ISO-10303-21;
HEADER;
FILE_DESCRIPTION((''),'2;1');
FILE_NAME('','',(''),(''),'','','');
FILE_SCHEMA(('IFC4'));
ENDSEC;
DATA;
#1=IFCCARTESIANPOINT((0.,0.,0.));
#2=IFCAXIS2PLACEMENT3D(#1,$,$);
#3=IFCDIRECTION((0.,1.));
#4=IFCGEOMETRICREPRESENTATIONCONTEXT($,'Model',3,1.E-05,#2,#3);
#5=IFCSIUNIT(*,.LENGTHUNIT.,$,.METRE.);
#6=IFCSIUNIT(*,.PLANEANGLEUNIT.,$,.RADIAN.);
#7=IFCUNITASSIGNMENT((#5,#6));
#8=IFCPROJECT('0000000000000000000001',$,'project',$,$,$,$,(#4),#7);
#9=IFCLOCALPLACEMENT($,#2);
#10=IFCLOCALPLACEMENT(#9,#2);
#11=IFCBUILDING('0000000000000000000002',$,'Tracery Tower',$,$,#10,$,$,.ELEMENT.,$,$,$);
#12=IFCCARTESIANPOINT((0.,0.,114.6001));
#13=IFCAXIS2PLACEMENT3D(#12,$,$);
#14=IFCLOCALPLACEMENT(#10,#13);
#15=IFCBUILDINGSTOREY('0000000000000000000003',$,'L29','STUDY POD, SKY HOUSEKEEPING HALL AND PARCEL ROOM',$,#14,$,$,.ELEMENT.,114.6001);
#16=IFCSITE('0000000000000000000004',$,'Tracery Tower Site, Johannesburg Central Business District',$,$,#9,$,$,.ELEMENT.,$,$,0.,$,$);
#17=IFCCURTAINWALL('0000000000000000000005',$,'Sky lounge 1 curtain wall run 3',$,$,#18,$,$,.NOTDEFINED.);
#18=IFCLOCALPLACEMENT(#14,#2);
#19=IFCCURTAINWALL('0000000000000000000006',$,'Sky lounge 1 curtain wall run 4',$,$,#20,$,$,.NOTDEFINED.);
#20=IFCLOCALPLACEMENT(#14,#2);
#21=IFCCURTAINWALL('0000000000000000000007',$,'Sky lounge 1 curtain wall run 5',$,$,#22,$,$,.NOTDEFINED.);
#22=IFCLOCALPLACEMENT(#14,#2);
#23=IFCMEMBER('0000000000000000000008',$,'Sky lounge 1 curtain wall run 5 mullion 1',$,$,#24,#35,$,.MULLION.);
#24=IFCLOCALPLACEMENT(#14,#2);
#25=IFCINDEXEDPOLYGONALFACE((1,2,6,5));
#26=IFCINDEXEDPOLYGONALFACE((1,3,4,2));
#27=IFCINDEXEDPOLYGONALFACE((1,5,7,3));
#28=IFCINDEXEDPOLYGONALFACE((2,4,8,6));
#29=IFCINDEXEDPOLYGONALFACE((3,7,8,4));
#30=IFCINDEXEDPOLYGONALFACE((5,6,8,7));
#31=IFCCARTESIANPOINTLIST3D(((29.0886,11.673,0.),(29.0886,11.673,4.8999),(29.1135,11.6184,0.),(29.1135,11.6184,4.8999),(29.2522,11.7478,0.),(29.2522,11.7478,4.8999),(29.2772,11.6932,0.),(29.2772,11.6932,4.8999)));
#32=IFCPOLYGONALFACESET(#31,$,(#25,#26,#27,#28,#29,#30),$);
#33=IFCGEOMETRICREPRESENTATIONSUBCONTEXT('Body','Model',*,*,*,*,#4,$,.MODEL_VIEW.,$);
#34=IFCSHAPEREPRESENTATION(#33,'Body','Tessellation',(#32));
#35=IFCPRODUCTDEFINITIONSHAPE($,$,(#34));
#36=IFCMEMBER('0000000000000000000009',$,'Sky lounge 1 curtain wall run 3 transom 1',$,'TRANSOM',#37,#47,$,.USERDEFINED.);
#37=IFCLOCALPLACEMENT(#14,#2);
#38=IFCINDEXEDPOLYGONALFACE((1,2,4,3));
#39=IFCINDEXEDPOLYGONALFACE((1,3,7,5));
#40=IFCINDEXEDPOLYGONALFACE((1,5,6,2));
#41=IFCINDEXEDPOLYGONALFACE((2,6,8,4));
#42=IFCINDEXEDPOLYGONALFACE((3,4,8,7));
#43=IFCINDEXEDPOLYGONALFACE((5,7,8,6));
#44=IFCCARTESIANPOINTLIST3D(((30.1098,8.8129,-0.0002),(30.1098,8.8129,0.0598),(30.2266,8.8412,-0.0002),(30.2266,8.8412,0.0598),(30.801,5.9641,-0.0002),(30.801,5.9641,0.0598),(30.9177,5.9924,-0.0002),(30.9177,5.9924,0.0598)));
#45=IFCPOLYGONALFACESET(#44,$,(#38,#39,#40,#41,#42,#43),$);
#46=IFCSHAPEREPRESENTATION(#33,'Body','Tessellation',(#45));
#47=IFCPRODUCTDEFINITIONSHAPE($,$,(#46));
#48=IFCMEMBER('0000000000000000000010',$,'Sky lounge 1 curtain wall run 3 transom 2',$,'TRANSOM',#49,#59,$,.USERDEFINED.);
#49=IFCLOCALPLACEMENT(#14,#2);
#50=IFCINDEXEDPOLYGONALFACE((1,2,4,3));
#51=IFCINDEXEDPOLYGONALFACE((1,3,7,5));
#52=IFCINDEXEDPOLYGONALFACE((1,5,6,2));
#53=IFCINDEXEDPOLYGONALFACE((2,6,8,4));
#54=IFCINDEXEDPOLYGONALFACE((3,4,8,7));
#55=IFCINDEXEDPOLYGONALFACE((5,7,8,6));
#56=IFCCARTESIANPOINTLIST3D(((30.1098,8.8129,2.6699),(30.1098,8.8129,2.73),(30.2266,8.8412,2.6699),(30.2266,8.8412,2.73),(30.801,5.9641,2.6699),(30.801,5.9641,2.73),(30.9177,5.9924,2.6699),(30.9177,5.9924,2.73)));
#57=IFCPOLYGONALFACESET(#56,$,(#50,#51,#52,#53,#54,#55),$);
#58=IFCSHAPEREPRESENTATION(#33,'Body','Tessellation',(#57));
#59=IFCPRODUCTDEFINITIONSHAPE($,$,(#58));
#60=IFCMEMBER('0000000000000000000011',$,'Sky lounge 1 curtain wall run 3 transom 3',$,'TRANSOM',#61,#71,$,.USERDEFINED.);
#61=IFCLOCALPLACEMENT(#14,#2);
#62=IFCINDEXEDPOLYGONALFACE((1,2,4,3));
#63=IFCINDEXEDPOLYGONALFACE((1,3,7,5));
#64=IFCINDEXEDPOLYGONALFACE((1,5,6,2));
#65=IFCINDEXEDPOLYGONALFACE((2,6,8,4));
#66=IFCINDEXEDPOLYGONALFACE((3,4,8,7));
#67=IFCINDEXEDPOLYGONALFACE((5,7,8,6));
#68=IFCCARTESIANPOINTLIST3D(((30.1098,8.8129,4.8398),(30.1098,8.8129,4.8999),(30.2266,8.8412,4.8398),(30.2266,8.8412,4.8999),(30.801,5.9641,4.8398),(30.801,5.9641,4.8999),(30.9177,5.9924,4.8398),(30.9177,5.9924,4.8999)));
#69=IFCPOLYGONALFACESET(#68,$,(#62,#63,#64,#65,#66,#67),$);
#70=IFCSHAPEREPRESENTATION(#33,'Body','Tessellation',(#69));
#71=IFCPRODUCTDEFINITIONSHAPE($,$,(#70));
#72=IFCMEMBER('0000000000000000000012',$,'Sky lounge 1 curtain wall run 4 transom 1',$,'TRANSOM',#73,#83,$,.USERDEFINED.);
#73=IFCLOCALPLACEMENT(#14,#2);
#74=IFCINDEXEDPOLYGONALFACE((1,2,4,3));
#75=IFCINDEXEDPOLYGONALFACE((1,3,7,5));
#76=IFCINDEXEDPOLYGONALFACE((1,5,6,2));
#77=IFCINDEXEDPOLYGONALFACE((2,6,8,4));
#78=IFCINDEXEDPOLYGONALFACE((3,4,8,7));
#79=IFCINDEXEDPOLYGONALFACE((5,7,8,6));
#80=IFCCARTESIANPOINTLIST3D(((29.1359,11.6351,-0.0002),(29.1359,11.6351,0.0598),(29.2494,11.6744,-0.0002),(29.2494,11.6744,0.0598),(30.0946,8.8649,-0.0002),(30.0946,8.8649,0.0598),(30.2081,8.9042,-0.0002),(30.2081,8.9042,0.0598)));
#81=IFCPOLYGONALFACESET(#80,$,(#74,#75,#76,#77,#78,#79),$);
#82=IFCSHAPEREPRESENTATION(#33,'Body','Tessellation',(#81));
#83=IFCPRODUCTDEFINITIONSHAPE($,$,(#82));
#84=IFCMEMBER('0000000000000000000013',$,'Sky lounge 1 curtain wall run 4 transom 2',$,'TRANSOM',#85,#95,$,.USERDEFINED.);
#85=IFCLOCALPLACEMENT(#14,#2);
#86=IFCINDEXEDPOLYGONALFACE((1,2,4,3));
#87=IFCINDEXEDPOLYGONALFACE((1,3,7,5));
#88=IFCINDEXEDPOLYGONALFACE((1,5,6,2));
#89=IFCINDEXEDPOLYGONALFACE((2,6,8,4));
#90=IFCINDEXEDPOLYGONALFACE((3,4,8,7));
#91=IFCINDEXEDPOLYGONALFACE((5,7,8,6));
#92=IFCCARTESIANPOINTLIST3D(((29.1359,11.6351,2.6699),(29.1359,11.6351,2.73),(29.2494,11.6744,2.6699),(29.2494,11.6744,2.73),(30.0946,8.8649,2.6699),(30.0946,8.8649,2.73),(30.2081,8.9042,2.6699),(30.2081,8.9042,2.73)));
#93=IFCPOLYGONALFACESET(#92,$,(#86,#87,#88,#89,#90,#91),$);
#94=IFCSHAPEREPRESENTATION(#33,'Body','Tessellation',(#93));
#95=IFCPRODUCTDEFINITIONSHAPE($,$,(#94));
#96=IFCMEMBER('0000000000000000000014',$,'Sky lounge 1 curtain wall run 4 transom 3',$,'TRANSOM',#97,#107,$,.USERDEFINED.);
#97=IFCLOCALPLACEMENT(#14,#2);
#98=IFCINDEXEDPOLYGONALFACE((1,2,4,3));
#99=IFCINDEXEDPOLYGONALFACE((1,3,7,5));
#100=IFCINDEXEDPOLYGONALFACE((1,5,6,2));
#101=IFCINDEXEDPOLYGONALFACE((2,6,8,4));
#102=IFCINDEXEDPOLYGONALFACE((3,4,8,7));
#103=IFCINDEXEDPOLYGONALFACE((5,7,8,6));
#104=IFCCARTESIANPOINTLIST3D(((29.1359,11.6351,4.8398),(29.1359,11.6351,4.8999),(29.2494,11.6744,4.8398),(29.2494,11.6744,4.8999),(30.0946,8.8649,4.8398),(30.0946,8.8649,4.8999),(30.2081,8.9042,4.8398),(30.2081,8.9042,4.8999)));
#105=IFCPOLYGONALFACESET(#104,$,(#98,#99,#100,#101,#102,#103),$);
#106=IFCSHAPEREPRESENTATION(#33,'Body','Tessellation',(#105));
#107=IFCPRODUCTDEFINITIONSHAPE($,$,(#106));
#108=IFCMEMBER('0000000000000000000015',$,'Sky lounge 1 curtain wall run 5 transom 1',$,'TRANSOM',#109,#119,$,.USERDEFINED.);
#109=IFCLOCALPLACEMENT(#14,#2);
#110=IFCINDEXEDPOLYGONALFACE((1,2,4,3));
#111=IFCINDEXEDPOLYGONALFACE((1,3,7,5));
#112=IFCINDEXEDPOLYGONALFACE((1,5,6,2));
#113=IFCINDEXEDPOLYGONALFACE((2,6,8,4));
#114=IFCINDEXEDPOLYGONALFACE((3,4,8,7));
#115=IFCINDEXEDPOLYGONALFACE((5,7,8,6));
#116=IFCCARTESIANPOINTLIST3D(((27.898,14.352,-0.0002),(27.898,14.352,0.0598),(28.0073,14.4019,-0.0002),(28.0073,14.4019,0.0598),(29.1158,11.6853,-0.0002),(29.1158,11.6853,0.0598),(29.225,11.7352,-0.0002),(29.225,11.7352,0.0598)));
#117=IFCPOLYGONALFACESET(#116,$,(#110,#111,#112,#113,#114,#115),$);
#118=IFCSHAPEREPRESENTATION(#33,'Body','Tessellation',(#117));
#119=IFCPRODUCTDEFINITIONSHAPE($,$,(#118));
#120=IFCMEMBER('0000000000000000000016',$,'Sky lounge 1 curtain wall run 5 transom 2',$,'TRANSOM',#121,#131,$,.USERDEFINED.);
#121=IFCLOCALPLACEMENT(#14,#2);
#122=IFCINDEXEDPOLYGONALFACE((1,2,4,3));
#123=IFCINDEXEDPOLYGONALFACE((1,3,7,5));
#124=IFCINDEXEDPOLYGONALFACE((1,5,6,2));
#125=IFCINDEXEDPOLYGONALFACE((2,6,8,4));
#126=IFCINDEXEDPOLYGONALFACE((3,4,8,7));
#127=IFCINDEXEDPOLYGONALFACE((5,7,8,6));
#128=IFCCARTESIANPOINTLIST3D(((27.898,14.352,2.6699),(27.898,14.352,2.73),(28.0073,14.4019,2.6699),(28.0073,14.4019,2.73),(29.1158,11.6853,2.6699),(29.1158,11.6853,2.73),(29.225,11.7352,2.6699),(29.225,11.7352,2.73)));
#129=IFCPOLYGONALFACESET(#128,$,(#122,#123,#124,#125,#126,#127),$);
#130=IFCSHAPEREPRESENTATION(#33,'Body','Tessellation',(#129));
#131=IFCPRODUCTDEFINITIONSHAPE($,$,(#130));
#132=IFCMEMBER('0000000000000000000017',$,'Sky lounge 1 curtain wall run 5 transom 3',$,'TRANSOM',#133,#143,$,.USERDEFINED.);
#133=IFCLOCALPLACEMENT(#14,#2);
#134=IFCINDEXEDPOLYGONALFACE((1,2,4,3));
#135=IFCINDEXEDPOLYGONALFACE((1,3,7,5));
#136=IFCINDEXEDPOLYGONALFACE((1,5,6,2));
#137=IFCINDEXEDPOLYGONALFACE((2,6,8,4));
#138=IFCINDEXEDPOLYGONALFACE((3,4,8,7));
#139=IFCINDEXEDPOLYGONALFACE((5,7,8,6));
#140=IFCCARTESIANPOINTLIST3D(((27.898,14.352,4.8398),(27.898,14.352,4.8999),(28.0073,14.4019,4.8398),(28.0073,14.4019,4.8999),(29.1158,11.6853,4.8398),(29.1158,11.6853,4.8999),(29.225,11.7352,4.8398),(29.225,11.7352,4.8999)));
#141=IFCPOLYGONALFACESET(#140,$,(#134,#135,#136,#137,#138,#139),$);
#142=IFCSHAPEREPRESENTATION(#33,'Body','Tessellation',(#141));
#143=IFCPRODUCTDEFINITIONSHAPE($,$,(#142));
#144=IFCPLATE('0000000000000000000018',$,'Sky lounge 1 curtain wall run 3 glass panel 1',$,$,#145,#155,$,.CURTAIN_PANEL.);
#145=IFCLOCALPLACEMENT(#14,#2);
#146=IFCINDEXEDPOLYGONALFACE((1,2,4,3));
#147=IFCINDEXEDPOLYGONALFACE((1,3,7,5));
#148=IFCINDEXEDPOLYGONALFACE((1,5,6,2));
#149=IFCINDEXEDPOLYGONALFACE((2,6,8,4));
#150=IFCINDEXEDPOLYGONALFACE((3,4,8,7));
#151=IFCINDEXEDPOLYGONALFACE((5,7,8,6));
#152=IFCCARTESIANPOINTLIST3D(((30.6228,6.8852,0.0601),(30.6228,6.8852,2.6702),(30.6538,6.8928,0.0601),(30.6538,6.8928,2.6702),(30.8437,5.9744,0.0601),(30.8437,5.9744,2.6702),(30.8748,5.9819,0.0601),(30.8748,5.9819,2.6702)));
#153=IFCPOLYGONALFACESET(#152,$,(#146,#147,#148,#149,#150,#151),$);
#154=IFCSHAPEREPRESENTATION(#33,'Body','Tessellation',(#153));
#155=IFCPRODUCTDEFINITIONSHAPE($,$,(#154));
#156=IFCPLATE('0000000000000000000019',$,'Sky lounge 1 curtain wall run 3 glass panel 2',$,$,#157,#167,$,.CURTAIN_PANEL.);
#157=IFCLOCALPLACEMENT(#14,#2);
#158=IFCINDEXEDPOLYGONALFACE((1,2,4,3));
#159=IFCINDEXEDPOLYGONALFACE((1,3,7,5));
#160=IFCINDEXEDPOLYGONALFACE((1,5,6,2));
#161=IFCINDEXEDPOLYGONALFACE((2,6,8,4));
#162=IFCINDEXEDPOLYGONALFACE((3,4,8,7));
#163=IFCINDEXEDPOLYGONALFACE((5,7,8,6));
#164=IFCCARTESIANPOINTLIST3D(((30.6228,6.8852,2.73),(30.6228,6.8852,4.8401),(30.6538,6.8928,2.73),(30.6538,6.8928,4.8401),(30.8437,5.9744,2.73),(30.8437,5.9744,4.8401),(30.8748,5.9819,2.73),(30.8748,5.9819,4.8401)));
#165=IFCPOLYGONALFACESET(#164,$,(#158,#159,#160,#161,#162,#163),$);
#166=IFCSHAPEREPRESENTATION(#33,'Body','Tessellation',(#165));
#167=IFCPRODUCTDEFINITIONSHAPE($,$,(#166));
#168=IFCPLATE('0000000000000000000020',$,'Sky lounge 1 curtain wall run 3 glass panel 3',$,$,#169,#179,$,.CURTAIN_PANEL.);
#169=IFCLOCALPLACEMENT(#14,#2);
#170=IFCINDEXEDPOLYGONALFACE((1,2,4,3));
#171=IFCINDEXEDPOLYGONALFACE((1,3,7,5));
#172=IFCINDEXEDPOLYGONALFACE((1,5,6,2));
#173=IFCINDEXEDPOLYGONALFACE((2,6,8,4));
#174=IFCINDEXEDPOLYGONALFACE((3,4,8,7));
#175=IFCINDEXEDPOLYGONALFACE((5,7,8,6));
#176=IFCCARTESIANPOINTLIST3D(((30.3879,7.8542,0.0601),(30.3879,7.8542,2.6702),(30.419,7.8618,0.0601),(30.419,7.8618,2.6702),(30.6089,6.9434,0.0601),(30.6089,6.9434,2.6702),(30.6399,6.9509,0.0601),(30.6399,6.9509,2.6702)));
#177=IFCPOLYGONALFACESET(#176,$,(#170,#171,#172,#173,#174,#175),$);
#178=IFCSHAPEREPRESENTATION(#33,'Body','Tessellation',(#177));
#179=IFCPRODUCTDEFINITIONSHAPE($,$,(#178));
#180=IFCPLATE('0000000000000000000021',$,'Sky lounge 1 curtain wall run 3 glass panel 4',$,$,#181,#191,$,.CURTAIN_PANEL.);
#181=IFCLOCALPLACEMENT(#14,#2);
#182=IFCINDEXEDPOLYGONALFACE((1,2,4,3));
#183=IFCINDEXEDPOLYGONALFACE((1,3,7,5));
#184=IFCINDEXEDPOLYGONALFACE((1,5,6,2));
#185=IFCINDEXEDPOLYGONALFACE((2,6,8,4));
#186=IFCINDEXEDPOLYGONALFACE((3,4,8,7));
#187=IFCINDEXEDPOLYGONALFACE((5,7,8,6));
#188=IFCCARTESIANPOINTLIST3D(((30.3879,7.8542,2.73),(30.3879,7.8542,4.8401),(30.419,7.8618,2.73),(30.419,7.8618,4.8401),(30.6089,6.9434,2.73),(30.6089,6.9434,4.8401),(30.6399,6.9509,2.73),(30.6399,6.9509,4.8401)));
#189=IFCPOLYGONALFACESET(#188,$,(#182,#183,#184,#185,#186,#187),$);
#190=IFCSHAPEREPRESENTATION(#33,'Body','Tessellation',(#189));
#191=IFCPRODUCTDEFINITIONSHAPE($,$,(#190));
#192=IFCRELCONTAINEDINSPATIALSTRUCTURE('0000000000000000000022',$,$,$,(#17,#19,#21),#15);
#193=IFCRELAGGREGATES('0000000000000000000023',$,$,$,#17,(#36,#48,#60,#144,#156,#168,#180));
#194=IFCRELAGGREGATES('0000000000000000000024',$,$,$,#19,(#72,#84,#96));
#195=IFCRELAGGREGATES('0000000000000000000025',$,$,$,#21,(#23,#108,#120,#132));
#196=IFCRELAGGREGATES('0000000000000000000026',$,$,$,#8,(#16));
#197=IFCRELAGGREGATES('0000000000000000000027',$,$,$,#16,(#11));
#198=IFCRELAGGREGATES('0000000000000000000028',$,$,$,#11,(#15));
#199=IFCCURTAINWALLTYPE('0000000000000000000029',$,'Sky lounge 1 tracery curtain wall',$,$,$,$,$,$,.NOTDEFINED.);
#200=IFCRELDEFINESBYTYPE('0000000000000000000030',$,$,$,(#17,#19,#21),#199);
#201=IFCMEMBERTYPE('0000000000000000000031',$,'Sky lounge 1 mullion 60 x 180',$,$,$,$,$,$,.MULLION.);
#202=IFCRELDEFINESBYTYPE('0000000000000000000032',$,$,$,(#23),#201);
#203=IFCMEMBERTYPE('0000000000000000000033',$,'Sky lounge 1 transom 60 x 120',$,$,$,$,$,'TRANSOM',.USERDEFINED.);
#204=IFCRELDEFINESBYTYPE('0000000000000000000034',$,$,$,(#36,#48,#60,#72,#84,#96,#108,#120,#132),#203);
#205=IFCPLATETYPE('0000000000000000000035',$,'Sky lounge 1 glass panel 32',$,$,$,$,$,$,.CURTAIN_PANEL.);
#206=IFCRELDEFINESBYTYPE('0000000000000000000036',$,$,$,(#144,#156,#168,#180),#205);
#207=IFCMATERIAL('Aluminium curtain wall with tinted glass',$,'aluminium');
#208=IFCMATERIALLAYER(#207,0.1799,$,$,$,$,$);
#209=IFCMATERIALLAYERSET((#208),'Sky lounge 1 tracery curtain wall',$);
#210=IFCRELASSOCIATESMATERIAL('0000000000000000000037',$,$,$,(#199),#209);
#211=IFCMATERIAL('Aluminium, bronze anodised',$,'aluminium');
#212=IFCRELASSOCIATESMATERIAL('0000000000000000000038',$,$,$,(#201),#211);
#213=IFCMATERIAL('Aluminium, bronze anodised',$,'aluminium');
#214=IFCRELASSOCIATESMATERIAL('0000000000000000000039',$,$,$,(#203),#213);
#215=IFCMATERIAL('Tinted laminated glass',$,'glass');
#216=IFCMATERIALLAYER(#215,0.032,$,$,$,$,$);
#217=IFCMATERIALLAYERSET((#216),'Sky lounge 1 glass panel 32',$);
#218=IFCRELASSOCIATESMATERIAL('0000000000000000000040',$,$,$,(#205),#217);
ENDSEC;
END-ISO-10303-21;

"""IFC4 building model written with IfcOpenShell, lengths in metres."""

from ifc_helpers import new_model, si_unit, direction, frame, origin, origin_2d, place, context, subcontext, project, spatial, rectangle, extrude, material, layer, layer_set, material_profile, profile_set, type_object, element, aggregate, save


model = new_model("IFC4")

# Units and contexts
model_context = context("Model", 3, precision=1e-05, world=origin(), true_north=direction((0.0, 1.0)))
body_context = subcontext(model_context, "Body", "Model", "MODEL_VIEW")
ifc_project = project(units=[si_unit("LENGTHUNIT", "METRE"), si_unit("PLANEANGLEUNIT", "RADIAN")], contexts=[model_context])

# Site, building, storey
site_placement = place(None, origin())
site = spatial("IfcSite", under=ifc_project, at=site_placement, Name="Tracery Tower Site, Johannesburg Central Business District", CompositionType="ELEMENT", RefElevation=0.0)
building_placement = place(site_placement, origin())
building = spatial("IfcBuilding", under=site, at=building_placement, Name="Tracery Tower", CompositionType="ELEMENT")
storey_placement = place(building_placement, frame((0.0, 0.0, 114.6001)))
storey = spatial("IfcBuildingStorey", under=building, at=storey_placement, Name="L29", Description="STUDY POD, SKY HOUSEKEEPING HALL AND PARCEL ROOM", CompositionType="ELEMENT", Elevation=114.6001)

# Curtain walls
ifc_material_1 = material(Name="Aluminium curtain wall with tinted glass", Category="aluminium")
ifc_layer_1 = layer(ifc_material_1, 0.1799)
ifc_layer_set_1 = layer_set([ifc_layer_1], Name="Sky lounge 1 tracery curtain wall")
curtain_wall_type = type_object("IfcCurtainWallType", Name="Sky lounge 1 tracery curtain wall", PredefinedType="NOTDEFINED", material=ifc_layer_set_1)
curtain_wall_1_placement = place(storey_placement, origin())
curtain_wall_1 = element("IfcCurtainWall", 1, at=curtain_wall_1_placement, inside=storey, type_object=curtain_wall_type, Name="Sky lounge 1 curtain wall run 3", PredefinedType="NOTDEFINED")
ifc_material_2 = material(Name="Aluminium, bronze anodised", Category="aluminium")
ifc_material_profile_1 = material_profile(ifc_material_2, rectangle(XDim=0.1799, YDim=0.0601, at=origin_2d()), Name="AL 60x180")
ifc_profile_set_1 = profile_set([ifc_material_profile_1], Name="Aluminium, bronze anodised")
member_type_1 = type_object("IfcMemberType", Name="Sky lounge 1 mullion 60 x 180", PredefinedType="MULLION", material=ifc_profile_set_1)
curtain_wall_2_placement = place(storey_placement, origin())
curtain_wall_2 = element("IfcCurtainWall", 2, at=curtain_wall_2_placement, inside=storey, type_object=curtain_wall_type, Name="Sky lounge 1 curtain wall run 4", PredefinedType="NOTDEFINED")

# Curtain wall, member
curtain_wall_3_placement = place(storey_placement, origin())
curtain_wall_3 = element("IfcCurtainWall", 3, at=curtain_wall_3_placement, inside=storey, type_object=curtain_wall_type, Name="Sky lounge 1 curtain wall run 5", PredefinedType="NOTDEFINED")
member_1_placement = place(storey_placement, frame((29.1829, 11.6831, 0.0), z_axis=(0.0, 0.0, 1.0), x_axis=(-0.909632, -0.415415, 0.0)))
member_1 = element("IfcMember", 4, at=member_1_placement, type_object=member_type_1, Name="Sky lounge 1 curtain wall run 5 mullion 1", PredefinedType="MULLION", context=body_context, shape_type="SweptSolid", body=[
    extrude(rectangle(XDim=0.1799, YDim=0.0601, at=origin_2d()), origin(), (0.0, 0.0, 1.0), 4.8999),
])

# Members
ifc_material_3 = material(Name="Aluminium, bronze anodised", Category="aluminium")
ifc_material_profile_2 = material_profile(ifc_material_3, rectangle(XDim=0.1201, YDim=0.0601, at=origin_2d()), Name="AL 60x120")
ifc_profile_set_2 = profile_set([ifc_material_profile_2], Name="Aluminium, bronze anodised")
member_type_2 = type_object("IfcMemberType", Name="Sky lounge 1 transom 60 x 120", ElementType="TRANSOM", PredefinedType="USERDEFINED", material=ifc_profile_set_2)
member_2_placement = place(storey_placement, frame((30.8594, 5.9783, 0.0298), z_axis=(-0.235788, 0.971804, 0.0), x_axis=(-0.971804, -0.235788, 0.0)))
member_2 = element("IfcMember", 5, at=member_2_placement, type_object=member_type_2, Name="Sky lounge 1 curtain wall run 3 transom 1", ObjectType="TRANSOM", PredefinedType="USERDEFINED", context=body_context, shape_type="SweptSolid", body=[
    extrude(rectangle(XDim=0.1201, YDim=0.0601, at=origin_2d()), origin(), (0.0, 0.0, 1.0), 2.9314),
])
member_3_placement = place(storey_placement, frame((30.8594, 5.9783, 2.7), z_axis=(-0.235788, 0.971804, 0.0), x_axis=(-0.971804, -0.235788, 0.0)))
member_3 = element("IfcMember", 6, at=member_3_placement, type_object=member_type_2, Name="Sky lounge 1 curtain wall run 3 transom 2", ObjectType="TRANSOM", PredefinedType="USERDEFINED", context=body_context, shape_type="SweptSolid", body=[
    extrude(rectangle(XDim=0.1201, YDim=0.0601, at=origin_2d()), origin(), (0.0, 0.0, 1.0), 2.9314),
])
member_4_placement = place(storey_placement, frame((30.8594, 5.9783, 4.8699), z_axis=(-0.235788, 0.971804, 0.0), x_axis=(-0.971804, -0.235788, 0.0)))
member_4 = element("IfcMember", 7, at=member_4_placement, type_object=member_type_2, Name="Sky lounge 1 curtain wall run 3 transom 3", ObjectType="TRANSOM", PredefinedType="USERDEFINED", context=body_context, shape_type="SweptSolid", body=[
    extrude(rectangle(XDim=0.1201, YDim=0.0601, at=origin_2d()), origin(), (0.0, 0.0, 1.0), 2.9314),
])
member_5_placement = place(storey_placement, frame((30.1514, 8.8845, 0.0298), z_axis=(-0.32705, 0.945007, 0.0), x_axis=(-0.945007, -0.32705, 0.0)))
member_5 = element("IfcMember", 8, at=member_5_placement, type_object=member_type_2, Name="Sky lounge 1 curtain wall run 4 transom 1", ObjectType="TRANSOM", PredefinedType="USERDEFINED", context=body_context, shape_type="SweptSolid", body=[
    extrude(rectangle(XDim=0.1201, YDim=0.0601, at=origin_2d()), origin(), (0.0, 0.0, 1.0), 2.9314),
])
member_6_placement = place(storey_placement, frame((30.1514, 8.8845, 2.7), z_axis=(-0.32705, 0.945007, 0.0), x_axis=(-0.945007, -0.32705, 0.0)))
member_6 = element("IfcMember", 9, at=member_6_placement, type_object=member_type_2, Name="Sky lounge 1 curtain wall run 4 transom 2", ObjectType="TRANSOM", PredefinedType="USERDEFINED", context=body_context, shape_type="SweptSolid", body=[
    extrude(rectangle(XDim=0.1201, YDim=0.0601, at=origin_2d()), origin(), (0.0, 0.0, 1.0), 2.9314),
])
member_7_placement = place(storey_placement, frame((30.1514, 8.8845, 4.8699), z_axis=(-0.32705, 0.945007, 0.0), x_axis=(-0.945007, -0.32705, 0.0)))
member_7 = element("IfcMember", 10, at=member_7_placement, type_object=member_type_2, Name="Sky lounge 1 curtain wall run 4 transom 3", ObjectType="TRANSOM", PredefinedType="USERDEFINED", context=body_context, shape_type="SweptSolid", body=[
    extrude(rectangle(XDim=0.1201, YDim=0.0601, at=origin_2d()), origin(), (0.0, 0.0, 1.0), 2.9314),
])
member_8_placement = place(storey_placement, frame((29.1704, 11.7102, 0.0298), z_axis=(-0.41539, 0.909644, 0.0), x_axis=(-0.909644, -0.41539, 0.0)))
member_8 = element("IfcMember", 11, at=member_8_placement, type_object=member_type_2, Name="Sky lounge 1 curtain wall run 5 transom 1", ObjectType="TRANSOM", PredefinedType="USERDEFINED", context=body_context, shape_type="SweptSolid", body=[
    extrude(rectangle(XDim=0.1201, YDim=0.0601, at=origin_2d()), origin(), (0.0, 0.0, 1.0), 2.9316),
])
member_9_placement = place(storey_placement, frame((29.1704, 11.7102, 2.7), z_axis=(-0.41539, 0.909644, 0.0), x_axis=(-0.909644, -0.41539, 0.0)))
member_9 = element("IfcMember", 12, at=member_9_placement, type_object=member_type_2, Name="Sky lounge 1 curtain wall run 5 transom 2", ObjectType="TRANSOM", PredefinedType="USERDEFINED", context=body_context, shape_type="SweptSolid", body=[
    extrude(rectangle(XDim=0.1201, YDim=0.0601, at=origin_2d()), origin(), (0.0, 0.0, 1.0), 2.9316),
])
member_10_placement = place(storey_placement, frame((29.1704, 11.7102, 4.8699), z_axis=(-0.41539, 0.909644, 0.0), x_axis=(-0.909644, -0.41539, 0.0)))
member_10 = element("IfcMember", 13, at=member_10_placement, type_object=member_type_2, Name="Sky lounge 1 curtain wall run 5 transom 3", ObjectType="TRANSOM", PredefinedType="USERDEFINED", context=body_context, shape_type="SweptSolid", body=[
    extrude(rectangle(XDim=0.1201, YDim=0.0601, at=origin_2d()), origin(), (0.0, 0.0, 1.0), 2.9316),
])

# Plates
ifc_material_4 = material(Name="Tinted laminated glass", Category="glass")
ifc_layer_2 = layer(ifc_material_4, 0.032)
ifc_layer_set_2 = layer_set([ifc_layer_2], Name="Sky lounge 1 glass panel 32")
plate_type = type_object("IfcPlateType", Name="Sky lounge 1 glass panel 32", PredefinedType="CURTAIN_PANEL", material=ifc_layer_set_2)
plate_1_placement = place(storey_placement, frame((30.7488, 6.4336, 0.0601), z_axis=(0.0, 0.0, 1.0), x_axis=(-0.235759, 0.971812, 0.0)))
plate_1 = element("IfcPlate", 14, at=plate_1_placement, type_object=plate_type, Name="Sky lounge 1 curtain wall run 3 glass panel 1", PredefinedType="CURTAIN_PANEL", context=body_context, shape_type="SweptSolid", body=[
    extrude(rectangle(XDim=0.9373, YDim=0.032, at=origin_2d()), origin(), (0.0, 0.0, 1.0), 2.6101),
])
plate_2_placement = place(storey_placement, frame((30.7488, 6.4336, 2.73), z_axis=(0.0, 0.0, 1.0), x_axis=(-0.235759, 0.971812, 0.0)))
plate_2 = element("IfcPlate", 15, at=plate_2_placement, type_object=plate_type, Name="Sky lounge 1 curtain wall run 3 glass panel 2", PredefinedType="CURTAIN_PANEL", context=body_context, shape_type="SweptSolid", body=[
    extrude(rectangle(XDim=0.9373, YDim=0.032, at=origin_2d()), origin(), (0.0, 0.0, 1.0), 2.1101),
])
plate_3_placement = place(storey_placement, frame((30.5139, 7.4026, 0.0601), z_axis=(0.0, 0.0, 1.0), x_axis=(-0.235759, 0.971812, 0.0)))
plate_3 = element("IfcPlate", 16, at=plate_3_placement, type_object=plate_type, Name="Sky lounge 1 curtain wall run 3 glass panel 3", PredefinedType="CURTAIN_PANEL", context=body_context, shape_type="SweptSolid", body=[
    extrude(rectangle(XDim=0.9373, YDim=0.032, at=origin_2d()), origin(), (0.0, 0.0, 1.0), 2.6101),
])
plate_4_placement = place(storey_placement, frame((30.5139, 7.4026, 2.73), z_axis=(0.0, 0.0, 1.0), x_axis=(-0.235759, 0.971812, 0.0)))
plate_4 = element("IfcPlate", 17, at=plate_4_placement, type_object=plate_type, Name="Sky lounge 1 curtain wall run 3 glass panel 4", PredefinedType="CURTAIN_PANEL", context=body_context, shape_type="SweptSolid", body=[
    extrude(rectangle(XDim=0.9373, YDim=0.032, at=origin_2d()), origin(), (0.0, 0.0, 1.0), 2.1101),
])
aggregate(curtain_wall_1, [member_2, member_3, member_4, plate_1, plate_2, plate_3, plate_4])
aggregate(curtain_wall_2, [member_5, member_6, member_7])
aggregate(curtain_wall_3, [member_1, member_8, member_9, member_10])

save(model, "model.ifc")
